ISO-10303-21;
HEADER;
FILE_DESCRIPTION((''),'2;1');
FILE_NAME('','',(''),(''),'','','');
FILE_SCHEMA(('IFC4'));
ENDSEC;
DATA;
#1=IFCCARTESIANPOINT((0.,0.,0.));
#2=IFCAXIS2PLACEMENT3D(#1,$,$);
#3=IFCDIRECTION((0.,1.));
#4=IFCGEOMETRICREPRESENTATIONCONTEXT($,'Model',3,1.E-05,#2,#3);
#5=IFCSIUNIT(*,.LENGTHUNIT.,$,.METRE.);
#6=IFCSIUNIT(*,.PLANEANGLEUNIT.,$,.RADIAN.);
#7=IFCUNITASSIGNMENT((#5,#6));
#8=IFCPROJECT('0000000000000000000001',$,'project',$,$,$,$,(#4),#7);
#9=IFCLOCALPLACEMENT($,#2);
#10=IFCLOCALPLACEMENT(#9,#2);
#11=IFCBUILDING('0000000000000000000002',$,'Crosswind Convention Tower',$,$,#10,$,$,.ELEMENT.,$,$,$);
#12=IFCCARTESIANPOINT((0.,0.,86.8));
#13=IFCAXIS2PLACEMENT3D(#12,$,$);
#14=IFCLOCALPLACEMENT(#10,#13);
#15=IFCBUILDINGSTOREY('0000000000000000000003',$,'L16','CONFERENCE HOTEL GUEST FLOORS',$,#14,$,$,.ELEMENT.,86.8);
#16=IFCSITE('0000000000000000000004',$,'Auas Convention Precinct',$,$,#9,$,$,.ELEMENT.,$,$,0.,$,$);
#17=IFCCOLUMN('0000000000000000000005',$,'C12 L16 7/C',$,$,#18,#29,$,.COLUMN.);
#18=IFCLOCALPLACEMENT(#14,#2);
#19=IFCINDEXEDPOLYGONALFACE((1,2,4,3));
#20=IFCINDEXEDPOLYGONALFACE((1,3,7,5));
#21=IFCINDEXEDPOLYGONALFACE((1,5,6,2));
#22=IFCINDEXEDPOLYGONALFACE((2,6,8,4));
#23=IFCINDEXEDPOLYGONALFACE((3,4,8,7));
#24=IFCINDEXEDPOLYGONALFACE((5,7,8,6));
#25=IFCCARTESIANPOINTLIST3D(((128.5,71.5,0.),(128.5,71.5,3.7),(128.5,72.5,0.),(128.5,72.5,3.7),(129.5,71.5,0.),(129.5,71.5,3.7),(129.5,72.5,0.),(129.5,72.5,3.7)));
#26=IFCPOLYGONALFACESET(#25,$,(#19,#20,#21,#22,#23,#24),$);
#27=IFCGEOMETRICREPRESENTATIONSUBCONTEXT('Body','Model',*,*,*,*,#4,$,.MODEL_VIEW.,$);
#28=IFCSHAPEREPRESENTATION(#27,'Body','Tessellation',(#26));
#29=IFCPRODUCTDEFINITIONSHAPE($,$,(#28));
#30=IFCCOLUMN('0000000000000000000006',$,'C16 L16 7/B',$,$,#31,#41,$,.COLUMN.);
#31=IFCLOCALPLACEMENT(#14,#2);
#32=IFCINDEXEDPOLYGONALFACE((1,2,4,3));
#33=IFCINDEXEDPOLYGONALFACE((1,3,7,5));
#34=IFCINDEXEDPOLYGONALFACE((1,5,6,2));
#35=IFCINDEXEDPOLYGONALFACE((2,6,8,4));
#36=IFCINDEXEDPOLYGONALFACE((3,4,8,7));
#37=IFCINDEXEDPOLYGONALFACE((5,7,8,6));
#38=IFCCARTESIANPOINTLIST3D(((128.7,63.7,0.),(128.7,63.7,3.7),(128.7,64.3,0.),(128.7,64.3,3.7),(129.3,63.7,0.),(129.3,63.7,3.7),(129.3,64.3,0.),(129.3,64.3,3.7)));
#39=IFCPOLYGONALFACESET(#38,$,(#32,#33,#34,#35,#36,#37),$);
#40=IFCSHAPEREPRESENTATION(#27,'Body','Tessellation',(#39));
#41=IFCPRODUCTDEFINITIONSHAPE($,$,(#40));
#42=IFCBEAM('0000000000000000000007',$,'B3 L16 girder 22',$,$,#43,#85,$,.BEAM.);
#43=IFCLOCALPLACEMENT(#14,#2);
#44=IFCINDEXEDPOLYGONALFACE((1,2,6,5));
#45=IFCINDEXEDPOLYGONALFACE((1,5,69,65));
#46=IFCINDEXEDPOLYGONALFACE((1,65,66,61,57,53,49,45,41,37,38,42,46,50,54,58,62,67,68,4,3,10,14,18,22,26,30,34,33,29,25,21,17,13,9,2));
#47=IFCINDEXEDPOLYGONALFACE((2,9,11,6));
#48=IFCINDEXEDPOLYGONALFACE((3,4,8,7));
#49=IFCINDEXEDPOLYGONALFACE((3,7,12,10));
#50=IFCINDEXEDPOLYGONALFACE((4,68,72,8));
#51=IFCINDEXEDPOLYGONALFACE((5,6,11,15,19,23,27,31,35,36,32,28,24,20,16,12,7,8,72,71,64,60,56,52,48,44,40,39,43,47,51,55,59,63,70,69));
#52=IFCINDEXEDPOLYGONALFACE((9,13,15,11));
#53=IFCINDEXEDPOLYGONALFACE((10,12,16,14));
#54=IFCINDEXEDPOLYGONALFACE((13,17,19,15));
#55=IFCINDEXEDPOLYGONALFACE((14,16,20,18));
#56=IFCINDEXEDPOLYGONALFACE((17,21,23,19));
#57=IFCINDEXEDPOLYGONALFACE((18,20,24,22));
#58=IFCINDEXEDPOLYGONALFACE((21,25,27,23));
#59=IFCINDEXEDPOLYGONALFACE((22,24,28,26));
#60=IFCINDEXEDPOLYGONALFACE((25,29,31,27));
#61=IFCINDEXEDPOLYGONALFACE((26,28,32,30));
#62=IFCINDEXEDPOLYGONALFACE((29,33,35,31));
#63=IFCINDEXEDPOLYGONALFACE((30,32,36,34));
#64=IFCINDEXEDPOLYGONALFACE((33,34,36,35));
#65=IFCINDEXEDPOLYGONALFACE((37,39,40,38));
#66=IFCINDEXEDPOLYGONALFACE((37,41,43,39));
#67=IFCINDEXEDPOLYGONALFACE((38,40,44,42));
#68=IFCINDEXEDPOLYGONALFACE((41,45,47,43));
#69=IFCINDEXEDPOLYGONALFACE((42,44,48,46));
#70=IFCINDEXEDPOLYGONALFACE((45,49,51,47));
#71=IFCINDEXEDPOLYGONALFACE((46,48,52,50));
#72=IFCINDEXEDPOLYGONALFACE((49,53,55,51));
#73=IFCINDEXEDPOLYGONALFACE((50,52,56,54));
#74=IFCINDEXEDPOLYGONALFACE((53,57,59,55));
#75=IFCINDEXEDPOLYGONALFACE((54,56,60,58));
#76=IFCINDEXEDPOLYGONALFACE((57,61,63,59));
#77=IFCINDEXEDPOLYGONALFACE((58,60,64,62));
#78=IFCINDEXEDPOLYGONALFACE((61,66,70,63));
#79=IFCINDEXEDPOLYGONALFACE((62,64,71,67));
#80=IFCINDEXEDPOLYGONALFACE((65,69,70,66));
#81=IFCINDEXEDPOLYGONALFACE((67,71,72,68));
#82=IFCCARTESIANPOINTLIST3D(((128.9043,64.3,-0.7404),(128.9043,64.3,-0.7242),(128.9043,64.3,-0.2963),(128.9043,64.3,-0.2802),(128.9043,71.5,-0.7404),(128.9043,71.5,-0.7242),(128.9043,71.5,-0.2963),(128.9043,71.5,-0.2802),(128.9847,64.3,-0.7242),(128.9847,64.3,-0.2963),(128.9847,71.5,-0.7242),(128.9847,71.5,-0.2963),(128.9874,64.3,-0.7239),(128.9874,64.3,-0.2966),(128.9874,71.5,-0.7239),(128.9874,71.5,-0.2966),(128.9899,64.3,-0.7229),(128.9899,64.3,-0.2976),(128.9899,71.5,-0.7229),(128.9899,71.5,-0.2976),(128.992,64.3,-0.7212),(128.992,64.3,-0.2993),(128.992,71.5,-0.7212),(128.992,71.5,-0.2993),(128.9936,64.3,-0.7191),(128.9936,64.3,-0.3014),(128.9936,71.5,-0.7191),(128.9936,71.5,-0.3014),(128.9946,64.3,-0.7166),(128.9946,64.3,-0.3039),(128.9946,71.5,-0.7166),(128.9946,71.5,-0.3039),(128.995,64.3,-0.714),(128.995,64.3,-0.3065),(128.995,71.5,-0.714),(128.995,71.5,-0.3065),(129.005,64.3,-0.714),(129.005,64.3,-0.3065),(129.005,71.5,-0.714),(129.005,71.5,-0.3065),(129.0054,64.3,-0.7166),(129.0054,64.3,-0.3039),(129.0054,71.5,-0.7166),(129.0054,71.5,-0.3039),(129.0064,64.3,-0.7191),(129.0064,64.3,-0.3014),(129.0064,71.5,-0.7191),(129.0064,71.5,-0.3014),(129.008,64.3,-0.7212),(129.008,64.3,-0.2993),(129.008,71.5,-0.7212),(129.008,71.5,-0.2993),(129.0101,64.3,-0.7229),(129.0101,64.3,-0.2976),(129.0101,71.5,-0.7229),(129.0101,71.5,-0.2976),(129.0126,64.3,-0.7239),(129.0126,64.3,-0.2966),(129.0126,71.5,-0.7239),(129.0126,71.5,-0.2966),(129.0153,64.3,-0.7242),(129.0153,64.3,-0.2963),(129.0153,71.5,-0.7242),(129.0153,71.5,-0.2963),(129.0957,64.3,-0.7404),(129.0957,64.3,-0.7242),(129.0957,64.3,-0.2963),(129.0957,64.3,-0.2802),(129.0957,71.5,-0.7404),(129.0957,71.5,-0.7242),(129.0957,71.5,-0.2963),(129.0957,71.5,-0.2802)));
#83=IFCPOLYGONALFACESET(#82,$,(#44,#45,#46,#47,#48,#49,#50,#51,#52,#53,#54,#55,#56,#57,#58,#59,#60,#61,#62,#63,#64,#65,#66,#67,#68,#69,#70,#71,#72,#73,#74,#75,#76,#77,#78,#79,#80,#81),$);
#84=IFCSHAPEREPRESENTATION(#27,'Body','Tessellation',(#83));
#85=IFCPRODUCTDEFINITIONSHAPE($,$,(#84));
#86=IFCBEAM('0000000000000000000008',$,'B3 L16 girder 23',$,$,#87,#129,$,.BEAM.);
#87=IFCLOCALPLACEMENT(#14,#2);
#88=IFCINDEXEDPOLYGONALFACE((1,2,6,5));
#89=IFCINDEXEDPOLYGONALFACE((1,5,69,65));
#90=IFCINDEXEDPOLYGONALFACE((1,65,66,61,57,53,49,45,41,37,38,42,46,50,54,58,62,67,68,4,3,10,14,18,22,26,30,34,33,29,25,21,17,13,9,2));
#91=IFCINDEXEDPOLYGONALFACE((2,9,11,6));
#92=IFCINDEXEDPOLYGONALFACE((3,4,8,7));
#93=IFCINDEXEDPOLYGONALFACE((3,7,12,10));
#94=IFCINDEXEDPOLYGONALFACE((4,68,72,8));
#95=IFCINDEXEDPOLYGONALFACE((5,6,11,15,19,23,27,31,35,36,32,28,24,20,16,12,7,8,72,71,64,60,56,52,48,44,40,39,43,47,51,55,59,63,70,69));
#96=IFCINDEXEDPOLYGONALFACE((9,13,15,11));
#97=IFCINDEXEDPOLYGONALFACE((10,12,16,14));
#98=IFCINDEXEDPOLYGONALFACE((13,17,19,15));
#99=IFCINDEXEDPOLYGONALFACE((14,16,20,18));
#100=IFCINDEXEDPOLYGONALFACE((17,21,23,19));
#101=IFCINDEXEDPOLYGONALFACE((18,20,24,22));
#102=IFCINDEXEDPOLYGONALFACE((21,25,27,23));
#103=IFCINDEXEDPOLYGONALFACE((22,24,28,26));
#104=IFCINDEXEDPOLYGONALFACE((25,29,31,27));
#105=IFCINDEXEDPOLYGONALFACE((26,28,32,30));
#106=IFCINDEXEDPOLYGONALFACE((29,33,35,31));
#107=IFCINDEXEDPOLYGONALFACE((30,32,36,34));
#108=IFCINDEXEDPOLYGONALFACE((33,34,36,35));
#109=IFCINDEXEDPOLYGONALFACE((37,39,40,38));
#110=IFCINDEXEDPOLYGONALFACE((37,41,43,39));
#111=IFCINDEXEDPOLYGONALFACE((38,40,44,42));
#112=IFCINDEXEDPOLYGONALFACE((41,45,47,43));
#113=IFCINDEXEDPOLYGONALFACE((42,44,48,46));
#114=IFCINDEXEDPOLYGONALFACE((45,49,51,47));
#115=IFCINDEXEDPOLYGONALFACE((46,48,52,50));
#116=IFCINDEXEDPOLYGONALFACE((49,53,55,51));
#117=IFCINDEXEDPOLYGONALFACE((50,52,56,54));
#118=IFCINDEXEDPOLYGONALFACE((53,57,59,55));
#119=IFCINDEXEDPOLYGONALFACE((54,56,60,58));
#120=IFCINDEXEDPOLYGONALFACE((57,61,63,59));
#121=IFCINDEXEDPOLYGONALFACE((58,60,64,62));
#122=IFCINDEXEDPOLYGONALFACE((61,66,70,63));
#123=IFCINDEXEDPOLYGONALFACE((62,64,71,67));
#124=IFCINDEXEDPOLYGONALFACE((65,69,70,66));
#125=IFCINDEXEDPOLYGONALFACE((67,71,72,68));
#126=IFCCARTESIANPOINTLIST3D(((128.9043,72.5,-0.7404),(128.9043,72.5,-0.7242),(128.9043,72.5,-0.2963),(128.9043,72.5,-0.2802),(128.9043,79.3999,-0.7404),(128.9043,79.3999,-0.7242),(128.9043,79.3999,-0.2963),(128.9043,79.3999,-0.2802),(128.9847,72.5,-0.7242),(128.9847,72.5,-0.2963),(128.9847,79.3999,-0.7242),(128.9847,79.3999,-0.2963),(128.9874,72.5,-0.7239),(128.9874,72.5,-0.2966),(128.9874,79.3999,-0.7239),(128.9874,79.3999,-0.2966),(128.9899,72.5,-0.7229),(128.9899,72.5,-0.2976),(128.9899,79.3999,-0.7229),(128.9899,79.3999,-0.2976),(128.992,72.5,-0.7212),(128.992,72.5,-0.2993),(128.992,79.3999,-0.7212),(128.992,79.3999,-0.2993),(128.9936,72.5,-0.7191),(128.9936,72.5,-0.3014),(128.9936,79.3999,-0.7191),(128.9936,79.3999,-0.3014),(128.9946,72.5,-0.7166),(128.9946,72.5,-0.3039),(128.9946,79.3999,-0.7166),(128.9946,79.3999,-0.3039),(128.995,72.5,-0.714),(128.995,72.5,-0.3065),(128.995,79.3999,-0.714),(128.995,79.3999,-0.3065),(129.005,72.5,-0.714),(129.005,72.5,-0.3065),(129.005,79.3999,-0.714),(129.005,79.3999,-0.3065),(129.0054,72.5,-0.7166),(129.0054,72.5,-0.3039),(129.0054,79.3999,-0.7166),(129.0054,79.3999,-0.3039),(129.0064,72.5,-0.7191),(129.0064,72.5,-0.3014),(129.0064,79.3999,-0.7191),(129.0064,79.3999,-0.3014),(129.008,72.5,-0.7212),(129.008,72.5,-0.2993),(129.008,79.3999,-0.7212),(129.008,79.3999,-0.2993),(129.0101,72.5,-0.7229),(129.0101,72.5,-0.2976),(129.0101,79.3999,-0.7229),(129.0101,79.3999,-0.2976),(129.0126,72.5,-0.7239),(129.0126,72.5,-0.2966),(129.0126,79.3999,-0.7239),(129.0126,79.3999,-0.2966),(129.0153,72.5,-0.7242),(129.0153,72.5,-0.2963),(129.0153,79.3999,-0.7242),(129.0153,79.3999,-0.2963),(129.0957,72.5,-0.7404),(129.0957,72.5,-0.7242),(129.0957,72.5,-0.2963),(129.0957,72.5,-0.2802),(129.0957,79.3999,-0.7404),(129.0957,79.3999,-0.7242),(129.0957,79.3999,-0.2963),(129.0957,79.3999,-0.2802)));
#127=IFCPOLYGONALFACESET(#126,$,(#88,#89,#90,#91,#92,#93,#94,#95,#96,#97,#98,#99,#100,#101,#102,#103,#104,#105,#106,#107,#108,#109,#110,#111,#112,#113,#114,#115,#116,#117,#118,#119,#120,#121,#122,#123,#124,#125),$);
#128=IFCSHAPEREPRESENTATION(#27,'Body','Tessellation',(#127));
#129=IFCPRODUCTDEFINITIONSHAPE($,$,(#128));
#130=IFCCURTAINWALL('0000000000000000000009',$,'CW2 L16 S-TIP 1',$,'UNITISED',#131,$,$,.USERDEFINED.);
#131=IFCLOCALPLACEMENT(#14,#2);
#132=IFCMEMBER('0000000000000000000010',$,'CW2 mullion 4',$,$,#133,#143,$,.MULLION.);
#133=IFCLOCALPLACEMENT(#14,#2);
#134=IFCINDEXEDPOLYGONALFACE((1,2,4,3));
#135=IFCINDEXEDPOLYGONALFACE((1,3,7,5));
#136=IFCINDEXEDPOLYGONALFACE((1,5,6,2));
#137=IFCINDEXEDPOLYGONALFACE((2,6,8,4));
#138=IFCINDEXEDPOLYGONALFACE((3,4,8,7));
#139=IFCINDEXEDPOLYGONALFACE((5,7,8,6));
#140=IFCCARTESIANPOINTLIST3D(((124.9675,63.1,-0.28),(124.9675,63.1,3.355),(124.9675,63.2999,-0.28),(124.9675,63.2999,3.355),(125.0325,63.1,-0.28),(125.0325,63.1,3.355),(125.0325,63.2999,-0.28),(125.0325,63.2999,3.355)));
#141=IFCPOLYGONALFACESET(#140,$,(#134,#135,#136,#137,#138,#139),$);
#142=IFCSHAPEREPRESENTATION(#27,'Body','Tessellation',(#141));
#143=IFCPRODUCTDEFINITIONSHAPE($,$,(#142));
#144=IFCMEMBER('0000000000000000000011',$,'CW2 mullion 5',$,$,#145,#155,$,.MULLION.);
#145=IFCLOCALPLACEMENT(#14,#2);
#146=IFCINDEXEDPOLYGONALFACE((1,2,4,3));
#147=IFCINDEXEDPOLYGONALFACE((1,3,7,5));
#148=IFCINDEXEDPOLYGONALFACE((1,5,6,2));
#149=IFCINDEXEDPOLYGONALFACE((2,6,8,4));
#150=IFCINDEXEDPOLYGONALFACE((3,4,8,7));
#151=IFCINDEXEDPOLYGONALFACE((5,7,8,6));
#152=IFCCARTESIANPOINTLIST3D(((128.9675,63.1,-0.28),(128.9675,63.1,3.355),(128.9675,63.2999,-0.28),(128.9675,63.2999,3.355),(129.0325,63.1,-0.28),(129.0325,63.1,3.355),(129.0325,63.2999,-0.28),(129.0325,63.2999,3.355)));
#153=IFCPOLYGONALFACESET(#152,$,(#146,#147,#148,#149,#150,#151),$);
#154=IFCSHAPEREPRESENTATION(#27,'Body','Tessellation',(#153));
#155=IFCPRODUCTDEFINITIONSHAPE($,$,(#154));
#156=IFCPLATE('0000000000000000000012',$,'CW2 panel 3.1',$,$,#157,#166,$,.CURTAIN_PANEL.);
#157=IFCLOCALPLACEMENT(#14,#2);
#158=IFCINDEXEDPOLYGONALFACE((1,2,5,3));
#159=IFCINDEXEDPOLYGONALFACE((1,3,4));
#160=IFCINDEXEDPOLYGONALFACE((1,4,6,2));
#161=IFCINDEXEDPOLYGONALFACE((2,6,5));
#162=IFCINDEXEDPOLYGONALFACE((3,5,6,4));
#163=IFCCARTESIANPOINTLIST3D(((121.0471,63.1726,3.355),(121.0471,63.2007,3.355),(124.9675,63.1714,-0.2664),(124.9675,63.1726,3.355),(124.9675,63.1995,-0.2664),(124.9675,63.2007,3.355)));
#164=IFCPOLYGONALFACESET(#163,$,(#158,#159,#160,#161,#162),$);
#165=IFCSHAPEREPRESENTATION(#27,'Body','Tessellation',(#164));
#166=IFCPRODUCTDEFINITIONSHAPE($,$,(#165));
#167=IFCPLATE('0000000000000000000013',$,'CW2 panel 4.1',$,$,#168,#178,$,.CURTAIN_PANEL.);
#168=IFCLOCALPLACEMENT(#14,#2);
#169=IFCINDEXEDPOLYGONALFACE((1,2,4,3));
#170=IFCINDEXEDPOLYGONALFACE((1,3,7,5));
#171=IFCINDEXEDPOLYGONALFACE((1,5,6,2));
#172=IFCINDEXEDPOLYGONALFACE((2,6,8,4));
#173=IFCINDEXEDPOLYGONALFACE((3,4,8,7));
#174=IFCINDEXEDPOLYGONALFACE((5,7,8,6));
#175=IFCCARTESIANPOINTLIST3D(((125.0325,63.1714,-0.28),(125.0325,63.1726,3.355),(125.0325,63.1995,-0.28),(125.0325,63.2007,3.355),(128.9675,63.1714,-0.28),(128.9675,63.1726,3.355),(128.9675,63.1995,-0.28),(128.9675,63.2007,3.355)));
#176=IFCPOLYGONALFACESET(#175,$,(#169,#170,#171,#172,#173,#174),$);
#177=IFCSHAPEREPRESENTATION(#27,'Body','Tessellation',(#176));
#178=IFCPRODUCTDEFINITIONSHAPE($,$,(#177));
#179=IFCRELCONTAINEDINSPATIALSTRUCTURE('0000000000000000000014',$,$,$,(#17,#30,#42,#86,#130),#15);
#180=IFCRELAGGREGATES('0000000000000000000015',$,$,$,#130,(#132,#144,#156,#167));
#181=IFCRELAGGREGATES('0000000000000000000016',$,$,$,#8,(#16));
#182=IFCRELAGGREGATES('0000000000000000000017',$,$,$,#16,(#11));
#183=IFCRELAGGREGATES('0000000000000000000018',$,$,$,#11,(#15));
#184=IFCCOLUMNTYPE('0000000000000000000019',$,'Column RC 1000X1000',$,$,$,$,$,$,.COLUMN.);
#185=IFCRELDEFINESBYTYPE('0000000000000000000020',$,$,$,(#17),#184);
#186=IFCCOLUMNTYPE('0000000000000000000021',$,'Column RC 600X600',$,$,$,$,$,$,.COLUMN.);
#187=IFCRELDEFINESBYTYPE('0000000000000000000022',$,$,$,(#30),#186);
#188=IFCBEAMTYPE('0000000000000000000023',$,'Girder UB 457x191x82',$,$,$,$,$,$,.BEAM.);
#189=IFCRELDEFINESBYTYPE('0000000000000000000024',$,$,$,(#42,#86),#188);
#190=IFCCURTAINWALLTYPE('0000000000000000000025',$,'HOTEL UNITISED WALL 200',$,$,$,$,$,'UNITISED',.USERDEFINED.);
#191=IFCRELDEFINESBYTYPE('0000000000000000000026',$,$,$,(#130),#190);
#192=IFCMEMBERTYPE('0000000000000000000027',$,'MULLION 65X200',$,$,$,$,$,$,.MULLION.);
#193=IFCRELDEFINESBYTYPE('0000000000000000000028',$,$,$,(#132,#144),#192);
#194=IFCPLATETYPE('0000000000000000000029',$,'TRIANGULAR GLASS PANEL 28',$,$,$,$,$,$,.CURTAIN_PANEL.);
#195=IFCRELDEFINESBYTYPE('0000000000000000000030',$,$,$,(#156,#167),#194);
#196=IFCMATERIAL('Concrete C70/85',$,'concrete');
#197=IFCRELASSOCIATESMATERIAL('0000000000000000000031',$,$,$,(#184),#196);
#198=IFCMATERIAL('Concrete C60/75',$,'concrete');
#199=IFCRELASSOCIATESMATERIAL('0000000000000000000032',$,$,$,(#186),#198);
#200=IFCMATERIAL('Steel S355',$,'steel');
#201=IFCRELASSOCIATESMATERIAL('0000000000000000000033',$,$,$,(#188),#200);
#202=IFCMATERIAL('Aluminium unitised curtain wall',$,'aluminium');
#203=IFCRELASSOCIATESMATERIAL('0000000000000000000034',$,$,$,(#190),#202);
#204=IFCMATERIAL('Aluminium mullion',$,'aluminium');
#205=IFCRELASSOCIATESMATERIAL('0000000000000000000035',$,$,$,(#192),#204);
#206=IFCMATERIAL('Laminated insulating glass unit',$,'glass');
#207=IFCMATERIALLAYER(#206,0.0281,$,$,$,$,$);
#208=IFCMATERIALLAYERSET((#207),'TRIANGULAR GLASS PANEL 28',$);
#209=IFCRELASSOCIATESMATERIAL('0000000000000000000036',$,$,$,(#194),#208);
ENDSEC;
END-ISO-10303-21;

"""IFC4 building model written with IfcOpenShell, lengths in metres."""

from ifc_helpers import new_model, si_unit, direction, frame, origin, origin_2d, place, context, subcontext, project, spatial, polyline, rectangle, i_section, outline, extrude, material, layer, layer_set, material_profile, profile_set, type_object, element, aggregate, save


model = new_model("IFC4")

# Units and contexts
model_context = context("Model", 3, precision=1e-05, world=origin(), true_north=direction((0.0, 1.0)))
body_context = subcontext(model_context, "Body", "Model", "MODEL_VIEW")
ifc_project = project(units=[si_unit("LENGTHUNIT", "METRE"), si_unit("PLANEANGLEUNIT", "RADIAN")], contexts=[model_context])

# Site, building, storey
site_placement = place(None, origin())
site = spatial("IfcSite", under=ifc_project, at=site_placement, Name="Auas Convention Precinct", CompositionType="ELEMENT", RefElevation=0.0)
building_placement = place(site_placement, origin())
building = spatial("IfcBuilding", under=site, at=building_placement, Name="Crosswind Convention Tower", CompositionType="ELEMENT")
storey_placement = place(building_placement, frame((0.0, 0.0, 86.8)))
storey = spatial("IfcBuildingStorey", under=building, at=storey_placement, Name="L16", Description="CONFERENCE HOTEL GUEST FLOORS", CompositionType="ELEMENT", Elevation=86.8)

# Columns
ifc_material_1 = material(Name="Concrete C70/85", Category="concrete")
ifc_material_profile_1 = material_profile(ifc_material_1, rectangle(XDim=1.0, YDim=1.0, at=origin_2d()), Name="RC 1000X1000")
ifc_profile_set_1 = profile_set([ifc_material_profile_1], Name="Concrete C70/85")
column_type_1 = type_object("IfcColumnType", Name="Column RC 1000X1000", PredefinedType="COLUMN", material=ifc_profile_set_1)
column_1_placement = place(storey_placement, frame((129.0, 72.0, 0.0), z_axis=(0.0, 0.0, 1.0), x_axis=(1.0, 0.0, 0.0)))
element("IfcColumn", 1, at=column_1_placement, inside=storey, type_object=column_type_1, Name="C12 L16 7/C", PredefinedType="COLUMN", context=body_context, shape_type="SweptSolid", body=[
    extrude(rectangle(XDim=1.0, YDim=1.0, at=origin_2d()), origin(), (0.0, 0.0, 1.0), 3.7),
])
ifc_material_2 = material(Name="Concrete C60/75", Category="concrete")
ifc_material_profile_2 = material_profile(ifc_material_2, rectangle(XDim=0.6001, YDim=0.6001, at=origin_2d()), Name="RC 600X600")
ifc_profile_set_2 = profile_set([ifc_material_profile_2], Name="Concrete C60/75")
column_type_2 = type_object("IfcColumnType", Name="Column RC 600X600", PredefinedType="COLUMN", material=ifc_profile_set_2)
column_2_placement = place(storey_placement, frame((129.0, 64.0, 0.0), z_axis=(0.0, 0.0, 1.0), x_axis=(1.0, 0.0, 0.0)))
element("IfcColumn", 2, at=column_2_placement, inside=storey, type_object=column_type_2, Name="C16 L16 7/B", PredefinedType="COLUMN", context=body_context, shape_type="SweptSolid", body=[
    extrude(rectangle(XDim=0.6001, YDim=0.6001, at=origin_2d()), origin(), (0.0, 0.0, 1.0), 3.7),
])

# Beams
ifc_material_3 = material(Name="Steel S355", Category="steel")
ifc_material_profile_3 = material_profile(ifc_material_3, i_section(OverallWidth=0.1914, OverallDepth=0.4602, WebThickness=0.01, FlangeThickness=0.0161, FilletRadius=0.0103, at=origin_2d()), Name="UB 457x191x82")
ifc_profile_set_3 = profile_set([ifc_material_profile_3], Name="Steel S355")
beam_type = type_object("IfcBeamType", Name="Girder UB 457x191x82", PredefinedType="BEAM", material=ifc_profile_set_3)
beam_1_placement = place(storey_placement, frame((129.0, 64.3, -0.5103), z_axis=(0.0, 1.0, 0.0), x_axis=(-1.0, 0.0, 0.0)))
element("IfcBeam", 3, at=beam_1_placement, inside=storey, type_object=beam_type, Name="B3 L16 girder 22", PredefinedType="BEAM", context=body_context, shape_type="SweptSolid", body=[
    extrude(i_section(OverallWidth=0.1914, OverallDepth=0.4602, WebThickness=0.01, FlangeThickness=0.0161, FilletRadius=0.0103, at=origin_2d()), origin(), (0.0, 0.0, 1.0), 7.2),
])
beam_2_placement = place(storey_placement, frame((129.0, 72.5, -0.5103), z_axis=(0.0, 1.0, 0.0), x_axis=(-1.0, 0.0, 0.0)))
element("IfcBeam", 4, at=beam_2_placement, inside=storey, type_object=beam_type, Name="B3 L16 girder 23", PredefinedType="BEAM", context=body_context, shape_type="SweptSolid", body=[
    extrude(i_section(OverallWidth=0.1914, OverallDepth=0.4602, WebThickness=0.01, FlangeThickness=0.0161, FilletRadius=0.0103, at=origin_2d()), origin(), (0.0, 0.0, 1.0), 6.8999),
])

# Curtain wall, members, plates
ifc_material_4 = material(Name="Aluminium unitised curtain wall", Category="aluminium")
curtain_wall_type = type_object("IfcCurtainWallType", Name="HOTEL UNITISED WALL 200", ElementType="UNITISED", PredefinedType="USERDEFINED", material=ifc_material_4)
curtain_wall_placement = place(storey_placement, origin())
curtain_wall = element("IfcCurtainWall", 5, at=curtain_wall_placement, inside=storey, type_object=curtain_wall_type, Name="CW2 L16 S-TIP 1", ObjectType="UNITISED", PredefinedType="USERDEFINED")
ifc_material_5 = material(Name="Aluminium mullion", Category="aluminium")
ifc_material_profile_4 = material_profile(ifc_material_5, rectangle(XDim=0.2, YDim=0.0649, at=origin_2d()), Name="AL 200X65")
ifc_profile_set_4 = profile_set([ifc_material_profile_4], Name="Aluminium mullion")
member_type = type_object("IfcMemberType", Name="MULLION 65X200", PredefinedType="MULLION", material=ifc_profile_set_4)
member_1_placement = place(storey_placement, frame((125.0, 63.2, -0.28), z_axis=(0.0, 0.0, 1.0), x_axis=(0.0, -1.0, 0.0)))
member_1 = element("IfcMember", 6, at=member_1_placement, type_object=member_type, Name="CW2 mullion 4", PredefinedType="MULLION", context=body_context, shape_type="SweptSolid", body=[
    extrude(rectangle(XDim=0.2, YDim=0.0649, at=origin_2d()), origin(), (0.0, 0.0, 1.0), 3.635),
])
member_2_placement = place(storey_placement, frame((129.0, 63.2, -0.28), z_axis=(0.0, 0.0, 1.0), x_axis=(0.0, -1.0, 0.0)))
member_2 = element("IfcMember", 7, at=member_2_placement, type_object=member_type, Name="CW2 mullion 5", PredefinedType="MULLION", context=body_context, shape_type="SweptSolid", body=[
    extrude(rectangle(XDim=0.2, YDim=0.0649, at=origin_2d()), origin(), (0.0, 0.0, 1.0), 3.635),
])
ifc_material_6 = material(Name="Laminated insulating glass unit", Category="glass")
ifc_layer_1 = layer(ifc_material_6, 0.0281)
ifc_layer_set_1 = layer_set([ifc_layer_1], Name="TRIANGULAR GLASS PANEL 28")
plate_type = type_object("IfcPlateType", Name="TRIANGULAR GLASS PANEL 28", PredefinedType="CURTAIN_PANEL", material=ifc_layer_set_1)
plate_1_placement = place(storey_placement, frame((124.9675, 63.1726, 3.355), z_axis=(0.0, -1.0, 0.000337), x_axis=(-1.0, 0.0, 0.0)))
plate_1 = element("IfcPlate", 8, at=plate_1_placement, type_object=plate_type, Name="CW2 panel 3.1", PredefinedType="CURTAIN_PANEL", context=body_context, shape_type="SweptSolid", body=[
    extrude(outline(polyline([(0.0, 0.0), (3.9204, 0.0), (0.0, 3.6213), (0.0, 0.0)])), origin(), (0.0, 0.0, -1.0), 0.0281),
])
plate_2_placement = place(storey_placement, frame((125.0325, 63.1714, -0.28), z_axis=(0.0, -1.0, 0.000336), x_axis=(1.0, 0.0, 0.0)))
plate_2 = element("IfcPlate", 9, at=plate_2_placement, type_object=plate_type, Name="CW2 panel 4.1", PredefinedType="CURTAIN_PANEL", context=body_context, shape_type="SweptSolid", body=[
    extrude(outline(polyline([(0.0, 0.0), (3.9351, 0.0), (3.9351, 3.635), (0.0, 3.635), (0.0, 0.0)])), origin(), (0.0, 0.0, -1.0), 0.0281),
])
aggregate(curtain_wall, [member_1, member_2, plate_1, plate_2])

save(model, "model.ifc")
